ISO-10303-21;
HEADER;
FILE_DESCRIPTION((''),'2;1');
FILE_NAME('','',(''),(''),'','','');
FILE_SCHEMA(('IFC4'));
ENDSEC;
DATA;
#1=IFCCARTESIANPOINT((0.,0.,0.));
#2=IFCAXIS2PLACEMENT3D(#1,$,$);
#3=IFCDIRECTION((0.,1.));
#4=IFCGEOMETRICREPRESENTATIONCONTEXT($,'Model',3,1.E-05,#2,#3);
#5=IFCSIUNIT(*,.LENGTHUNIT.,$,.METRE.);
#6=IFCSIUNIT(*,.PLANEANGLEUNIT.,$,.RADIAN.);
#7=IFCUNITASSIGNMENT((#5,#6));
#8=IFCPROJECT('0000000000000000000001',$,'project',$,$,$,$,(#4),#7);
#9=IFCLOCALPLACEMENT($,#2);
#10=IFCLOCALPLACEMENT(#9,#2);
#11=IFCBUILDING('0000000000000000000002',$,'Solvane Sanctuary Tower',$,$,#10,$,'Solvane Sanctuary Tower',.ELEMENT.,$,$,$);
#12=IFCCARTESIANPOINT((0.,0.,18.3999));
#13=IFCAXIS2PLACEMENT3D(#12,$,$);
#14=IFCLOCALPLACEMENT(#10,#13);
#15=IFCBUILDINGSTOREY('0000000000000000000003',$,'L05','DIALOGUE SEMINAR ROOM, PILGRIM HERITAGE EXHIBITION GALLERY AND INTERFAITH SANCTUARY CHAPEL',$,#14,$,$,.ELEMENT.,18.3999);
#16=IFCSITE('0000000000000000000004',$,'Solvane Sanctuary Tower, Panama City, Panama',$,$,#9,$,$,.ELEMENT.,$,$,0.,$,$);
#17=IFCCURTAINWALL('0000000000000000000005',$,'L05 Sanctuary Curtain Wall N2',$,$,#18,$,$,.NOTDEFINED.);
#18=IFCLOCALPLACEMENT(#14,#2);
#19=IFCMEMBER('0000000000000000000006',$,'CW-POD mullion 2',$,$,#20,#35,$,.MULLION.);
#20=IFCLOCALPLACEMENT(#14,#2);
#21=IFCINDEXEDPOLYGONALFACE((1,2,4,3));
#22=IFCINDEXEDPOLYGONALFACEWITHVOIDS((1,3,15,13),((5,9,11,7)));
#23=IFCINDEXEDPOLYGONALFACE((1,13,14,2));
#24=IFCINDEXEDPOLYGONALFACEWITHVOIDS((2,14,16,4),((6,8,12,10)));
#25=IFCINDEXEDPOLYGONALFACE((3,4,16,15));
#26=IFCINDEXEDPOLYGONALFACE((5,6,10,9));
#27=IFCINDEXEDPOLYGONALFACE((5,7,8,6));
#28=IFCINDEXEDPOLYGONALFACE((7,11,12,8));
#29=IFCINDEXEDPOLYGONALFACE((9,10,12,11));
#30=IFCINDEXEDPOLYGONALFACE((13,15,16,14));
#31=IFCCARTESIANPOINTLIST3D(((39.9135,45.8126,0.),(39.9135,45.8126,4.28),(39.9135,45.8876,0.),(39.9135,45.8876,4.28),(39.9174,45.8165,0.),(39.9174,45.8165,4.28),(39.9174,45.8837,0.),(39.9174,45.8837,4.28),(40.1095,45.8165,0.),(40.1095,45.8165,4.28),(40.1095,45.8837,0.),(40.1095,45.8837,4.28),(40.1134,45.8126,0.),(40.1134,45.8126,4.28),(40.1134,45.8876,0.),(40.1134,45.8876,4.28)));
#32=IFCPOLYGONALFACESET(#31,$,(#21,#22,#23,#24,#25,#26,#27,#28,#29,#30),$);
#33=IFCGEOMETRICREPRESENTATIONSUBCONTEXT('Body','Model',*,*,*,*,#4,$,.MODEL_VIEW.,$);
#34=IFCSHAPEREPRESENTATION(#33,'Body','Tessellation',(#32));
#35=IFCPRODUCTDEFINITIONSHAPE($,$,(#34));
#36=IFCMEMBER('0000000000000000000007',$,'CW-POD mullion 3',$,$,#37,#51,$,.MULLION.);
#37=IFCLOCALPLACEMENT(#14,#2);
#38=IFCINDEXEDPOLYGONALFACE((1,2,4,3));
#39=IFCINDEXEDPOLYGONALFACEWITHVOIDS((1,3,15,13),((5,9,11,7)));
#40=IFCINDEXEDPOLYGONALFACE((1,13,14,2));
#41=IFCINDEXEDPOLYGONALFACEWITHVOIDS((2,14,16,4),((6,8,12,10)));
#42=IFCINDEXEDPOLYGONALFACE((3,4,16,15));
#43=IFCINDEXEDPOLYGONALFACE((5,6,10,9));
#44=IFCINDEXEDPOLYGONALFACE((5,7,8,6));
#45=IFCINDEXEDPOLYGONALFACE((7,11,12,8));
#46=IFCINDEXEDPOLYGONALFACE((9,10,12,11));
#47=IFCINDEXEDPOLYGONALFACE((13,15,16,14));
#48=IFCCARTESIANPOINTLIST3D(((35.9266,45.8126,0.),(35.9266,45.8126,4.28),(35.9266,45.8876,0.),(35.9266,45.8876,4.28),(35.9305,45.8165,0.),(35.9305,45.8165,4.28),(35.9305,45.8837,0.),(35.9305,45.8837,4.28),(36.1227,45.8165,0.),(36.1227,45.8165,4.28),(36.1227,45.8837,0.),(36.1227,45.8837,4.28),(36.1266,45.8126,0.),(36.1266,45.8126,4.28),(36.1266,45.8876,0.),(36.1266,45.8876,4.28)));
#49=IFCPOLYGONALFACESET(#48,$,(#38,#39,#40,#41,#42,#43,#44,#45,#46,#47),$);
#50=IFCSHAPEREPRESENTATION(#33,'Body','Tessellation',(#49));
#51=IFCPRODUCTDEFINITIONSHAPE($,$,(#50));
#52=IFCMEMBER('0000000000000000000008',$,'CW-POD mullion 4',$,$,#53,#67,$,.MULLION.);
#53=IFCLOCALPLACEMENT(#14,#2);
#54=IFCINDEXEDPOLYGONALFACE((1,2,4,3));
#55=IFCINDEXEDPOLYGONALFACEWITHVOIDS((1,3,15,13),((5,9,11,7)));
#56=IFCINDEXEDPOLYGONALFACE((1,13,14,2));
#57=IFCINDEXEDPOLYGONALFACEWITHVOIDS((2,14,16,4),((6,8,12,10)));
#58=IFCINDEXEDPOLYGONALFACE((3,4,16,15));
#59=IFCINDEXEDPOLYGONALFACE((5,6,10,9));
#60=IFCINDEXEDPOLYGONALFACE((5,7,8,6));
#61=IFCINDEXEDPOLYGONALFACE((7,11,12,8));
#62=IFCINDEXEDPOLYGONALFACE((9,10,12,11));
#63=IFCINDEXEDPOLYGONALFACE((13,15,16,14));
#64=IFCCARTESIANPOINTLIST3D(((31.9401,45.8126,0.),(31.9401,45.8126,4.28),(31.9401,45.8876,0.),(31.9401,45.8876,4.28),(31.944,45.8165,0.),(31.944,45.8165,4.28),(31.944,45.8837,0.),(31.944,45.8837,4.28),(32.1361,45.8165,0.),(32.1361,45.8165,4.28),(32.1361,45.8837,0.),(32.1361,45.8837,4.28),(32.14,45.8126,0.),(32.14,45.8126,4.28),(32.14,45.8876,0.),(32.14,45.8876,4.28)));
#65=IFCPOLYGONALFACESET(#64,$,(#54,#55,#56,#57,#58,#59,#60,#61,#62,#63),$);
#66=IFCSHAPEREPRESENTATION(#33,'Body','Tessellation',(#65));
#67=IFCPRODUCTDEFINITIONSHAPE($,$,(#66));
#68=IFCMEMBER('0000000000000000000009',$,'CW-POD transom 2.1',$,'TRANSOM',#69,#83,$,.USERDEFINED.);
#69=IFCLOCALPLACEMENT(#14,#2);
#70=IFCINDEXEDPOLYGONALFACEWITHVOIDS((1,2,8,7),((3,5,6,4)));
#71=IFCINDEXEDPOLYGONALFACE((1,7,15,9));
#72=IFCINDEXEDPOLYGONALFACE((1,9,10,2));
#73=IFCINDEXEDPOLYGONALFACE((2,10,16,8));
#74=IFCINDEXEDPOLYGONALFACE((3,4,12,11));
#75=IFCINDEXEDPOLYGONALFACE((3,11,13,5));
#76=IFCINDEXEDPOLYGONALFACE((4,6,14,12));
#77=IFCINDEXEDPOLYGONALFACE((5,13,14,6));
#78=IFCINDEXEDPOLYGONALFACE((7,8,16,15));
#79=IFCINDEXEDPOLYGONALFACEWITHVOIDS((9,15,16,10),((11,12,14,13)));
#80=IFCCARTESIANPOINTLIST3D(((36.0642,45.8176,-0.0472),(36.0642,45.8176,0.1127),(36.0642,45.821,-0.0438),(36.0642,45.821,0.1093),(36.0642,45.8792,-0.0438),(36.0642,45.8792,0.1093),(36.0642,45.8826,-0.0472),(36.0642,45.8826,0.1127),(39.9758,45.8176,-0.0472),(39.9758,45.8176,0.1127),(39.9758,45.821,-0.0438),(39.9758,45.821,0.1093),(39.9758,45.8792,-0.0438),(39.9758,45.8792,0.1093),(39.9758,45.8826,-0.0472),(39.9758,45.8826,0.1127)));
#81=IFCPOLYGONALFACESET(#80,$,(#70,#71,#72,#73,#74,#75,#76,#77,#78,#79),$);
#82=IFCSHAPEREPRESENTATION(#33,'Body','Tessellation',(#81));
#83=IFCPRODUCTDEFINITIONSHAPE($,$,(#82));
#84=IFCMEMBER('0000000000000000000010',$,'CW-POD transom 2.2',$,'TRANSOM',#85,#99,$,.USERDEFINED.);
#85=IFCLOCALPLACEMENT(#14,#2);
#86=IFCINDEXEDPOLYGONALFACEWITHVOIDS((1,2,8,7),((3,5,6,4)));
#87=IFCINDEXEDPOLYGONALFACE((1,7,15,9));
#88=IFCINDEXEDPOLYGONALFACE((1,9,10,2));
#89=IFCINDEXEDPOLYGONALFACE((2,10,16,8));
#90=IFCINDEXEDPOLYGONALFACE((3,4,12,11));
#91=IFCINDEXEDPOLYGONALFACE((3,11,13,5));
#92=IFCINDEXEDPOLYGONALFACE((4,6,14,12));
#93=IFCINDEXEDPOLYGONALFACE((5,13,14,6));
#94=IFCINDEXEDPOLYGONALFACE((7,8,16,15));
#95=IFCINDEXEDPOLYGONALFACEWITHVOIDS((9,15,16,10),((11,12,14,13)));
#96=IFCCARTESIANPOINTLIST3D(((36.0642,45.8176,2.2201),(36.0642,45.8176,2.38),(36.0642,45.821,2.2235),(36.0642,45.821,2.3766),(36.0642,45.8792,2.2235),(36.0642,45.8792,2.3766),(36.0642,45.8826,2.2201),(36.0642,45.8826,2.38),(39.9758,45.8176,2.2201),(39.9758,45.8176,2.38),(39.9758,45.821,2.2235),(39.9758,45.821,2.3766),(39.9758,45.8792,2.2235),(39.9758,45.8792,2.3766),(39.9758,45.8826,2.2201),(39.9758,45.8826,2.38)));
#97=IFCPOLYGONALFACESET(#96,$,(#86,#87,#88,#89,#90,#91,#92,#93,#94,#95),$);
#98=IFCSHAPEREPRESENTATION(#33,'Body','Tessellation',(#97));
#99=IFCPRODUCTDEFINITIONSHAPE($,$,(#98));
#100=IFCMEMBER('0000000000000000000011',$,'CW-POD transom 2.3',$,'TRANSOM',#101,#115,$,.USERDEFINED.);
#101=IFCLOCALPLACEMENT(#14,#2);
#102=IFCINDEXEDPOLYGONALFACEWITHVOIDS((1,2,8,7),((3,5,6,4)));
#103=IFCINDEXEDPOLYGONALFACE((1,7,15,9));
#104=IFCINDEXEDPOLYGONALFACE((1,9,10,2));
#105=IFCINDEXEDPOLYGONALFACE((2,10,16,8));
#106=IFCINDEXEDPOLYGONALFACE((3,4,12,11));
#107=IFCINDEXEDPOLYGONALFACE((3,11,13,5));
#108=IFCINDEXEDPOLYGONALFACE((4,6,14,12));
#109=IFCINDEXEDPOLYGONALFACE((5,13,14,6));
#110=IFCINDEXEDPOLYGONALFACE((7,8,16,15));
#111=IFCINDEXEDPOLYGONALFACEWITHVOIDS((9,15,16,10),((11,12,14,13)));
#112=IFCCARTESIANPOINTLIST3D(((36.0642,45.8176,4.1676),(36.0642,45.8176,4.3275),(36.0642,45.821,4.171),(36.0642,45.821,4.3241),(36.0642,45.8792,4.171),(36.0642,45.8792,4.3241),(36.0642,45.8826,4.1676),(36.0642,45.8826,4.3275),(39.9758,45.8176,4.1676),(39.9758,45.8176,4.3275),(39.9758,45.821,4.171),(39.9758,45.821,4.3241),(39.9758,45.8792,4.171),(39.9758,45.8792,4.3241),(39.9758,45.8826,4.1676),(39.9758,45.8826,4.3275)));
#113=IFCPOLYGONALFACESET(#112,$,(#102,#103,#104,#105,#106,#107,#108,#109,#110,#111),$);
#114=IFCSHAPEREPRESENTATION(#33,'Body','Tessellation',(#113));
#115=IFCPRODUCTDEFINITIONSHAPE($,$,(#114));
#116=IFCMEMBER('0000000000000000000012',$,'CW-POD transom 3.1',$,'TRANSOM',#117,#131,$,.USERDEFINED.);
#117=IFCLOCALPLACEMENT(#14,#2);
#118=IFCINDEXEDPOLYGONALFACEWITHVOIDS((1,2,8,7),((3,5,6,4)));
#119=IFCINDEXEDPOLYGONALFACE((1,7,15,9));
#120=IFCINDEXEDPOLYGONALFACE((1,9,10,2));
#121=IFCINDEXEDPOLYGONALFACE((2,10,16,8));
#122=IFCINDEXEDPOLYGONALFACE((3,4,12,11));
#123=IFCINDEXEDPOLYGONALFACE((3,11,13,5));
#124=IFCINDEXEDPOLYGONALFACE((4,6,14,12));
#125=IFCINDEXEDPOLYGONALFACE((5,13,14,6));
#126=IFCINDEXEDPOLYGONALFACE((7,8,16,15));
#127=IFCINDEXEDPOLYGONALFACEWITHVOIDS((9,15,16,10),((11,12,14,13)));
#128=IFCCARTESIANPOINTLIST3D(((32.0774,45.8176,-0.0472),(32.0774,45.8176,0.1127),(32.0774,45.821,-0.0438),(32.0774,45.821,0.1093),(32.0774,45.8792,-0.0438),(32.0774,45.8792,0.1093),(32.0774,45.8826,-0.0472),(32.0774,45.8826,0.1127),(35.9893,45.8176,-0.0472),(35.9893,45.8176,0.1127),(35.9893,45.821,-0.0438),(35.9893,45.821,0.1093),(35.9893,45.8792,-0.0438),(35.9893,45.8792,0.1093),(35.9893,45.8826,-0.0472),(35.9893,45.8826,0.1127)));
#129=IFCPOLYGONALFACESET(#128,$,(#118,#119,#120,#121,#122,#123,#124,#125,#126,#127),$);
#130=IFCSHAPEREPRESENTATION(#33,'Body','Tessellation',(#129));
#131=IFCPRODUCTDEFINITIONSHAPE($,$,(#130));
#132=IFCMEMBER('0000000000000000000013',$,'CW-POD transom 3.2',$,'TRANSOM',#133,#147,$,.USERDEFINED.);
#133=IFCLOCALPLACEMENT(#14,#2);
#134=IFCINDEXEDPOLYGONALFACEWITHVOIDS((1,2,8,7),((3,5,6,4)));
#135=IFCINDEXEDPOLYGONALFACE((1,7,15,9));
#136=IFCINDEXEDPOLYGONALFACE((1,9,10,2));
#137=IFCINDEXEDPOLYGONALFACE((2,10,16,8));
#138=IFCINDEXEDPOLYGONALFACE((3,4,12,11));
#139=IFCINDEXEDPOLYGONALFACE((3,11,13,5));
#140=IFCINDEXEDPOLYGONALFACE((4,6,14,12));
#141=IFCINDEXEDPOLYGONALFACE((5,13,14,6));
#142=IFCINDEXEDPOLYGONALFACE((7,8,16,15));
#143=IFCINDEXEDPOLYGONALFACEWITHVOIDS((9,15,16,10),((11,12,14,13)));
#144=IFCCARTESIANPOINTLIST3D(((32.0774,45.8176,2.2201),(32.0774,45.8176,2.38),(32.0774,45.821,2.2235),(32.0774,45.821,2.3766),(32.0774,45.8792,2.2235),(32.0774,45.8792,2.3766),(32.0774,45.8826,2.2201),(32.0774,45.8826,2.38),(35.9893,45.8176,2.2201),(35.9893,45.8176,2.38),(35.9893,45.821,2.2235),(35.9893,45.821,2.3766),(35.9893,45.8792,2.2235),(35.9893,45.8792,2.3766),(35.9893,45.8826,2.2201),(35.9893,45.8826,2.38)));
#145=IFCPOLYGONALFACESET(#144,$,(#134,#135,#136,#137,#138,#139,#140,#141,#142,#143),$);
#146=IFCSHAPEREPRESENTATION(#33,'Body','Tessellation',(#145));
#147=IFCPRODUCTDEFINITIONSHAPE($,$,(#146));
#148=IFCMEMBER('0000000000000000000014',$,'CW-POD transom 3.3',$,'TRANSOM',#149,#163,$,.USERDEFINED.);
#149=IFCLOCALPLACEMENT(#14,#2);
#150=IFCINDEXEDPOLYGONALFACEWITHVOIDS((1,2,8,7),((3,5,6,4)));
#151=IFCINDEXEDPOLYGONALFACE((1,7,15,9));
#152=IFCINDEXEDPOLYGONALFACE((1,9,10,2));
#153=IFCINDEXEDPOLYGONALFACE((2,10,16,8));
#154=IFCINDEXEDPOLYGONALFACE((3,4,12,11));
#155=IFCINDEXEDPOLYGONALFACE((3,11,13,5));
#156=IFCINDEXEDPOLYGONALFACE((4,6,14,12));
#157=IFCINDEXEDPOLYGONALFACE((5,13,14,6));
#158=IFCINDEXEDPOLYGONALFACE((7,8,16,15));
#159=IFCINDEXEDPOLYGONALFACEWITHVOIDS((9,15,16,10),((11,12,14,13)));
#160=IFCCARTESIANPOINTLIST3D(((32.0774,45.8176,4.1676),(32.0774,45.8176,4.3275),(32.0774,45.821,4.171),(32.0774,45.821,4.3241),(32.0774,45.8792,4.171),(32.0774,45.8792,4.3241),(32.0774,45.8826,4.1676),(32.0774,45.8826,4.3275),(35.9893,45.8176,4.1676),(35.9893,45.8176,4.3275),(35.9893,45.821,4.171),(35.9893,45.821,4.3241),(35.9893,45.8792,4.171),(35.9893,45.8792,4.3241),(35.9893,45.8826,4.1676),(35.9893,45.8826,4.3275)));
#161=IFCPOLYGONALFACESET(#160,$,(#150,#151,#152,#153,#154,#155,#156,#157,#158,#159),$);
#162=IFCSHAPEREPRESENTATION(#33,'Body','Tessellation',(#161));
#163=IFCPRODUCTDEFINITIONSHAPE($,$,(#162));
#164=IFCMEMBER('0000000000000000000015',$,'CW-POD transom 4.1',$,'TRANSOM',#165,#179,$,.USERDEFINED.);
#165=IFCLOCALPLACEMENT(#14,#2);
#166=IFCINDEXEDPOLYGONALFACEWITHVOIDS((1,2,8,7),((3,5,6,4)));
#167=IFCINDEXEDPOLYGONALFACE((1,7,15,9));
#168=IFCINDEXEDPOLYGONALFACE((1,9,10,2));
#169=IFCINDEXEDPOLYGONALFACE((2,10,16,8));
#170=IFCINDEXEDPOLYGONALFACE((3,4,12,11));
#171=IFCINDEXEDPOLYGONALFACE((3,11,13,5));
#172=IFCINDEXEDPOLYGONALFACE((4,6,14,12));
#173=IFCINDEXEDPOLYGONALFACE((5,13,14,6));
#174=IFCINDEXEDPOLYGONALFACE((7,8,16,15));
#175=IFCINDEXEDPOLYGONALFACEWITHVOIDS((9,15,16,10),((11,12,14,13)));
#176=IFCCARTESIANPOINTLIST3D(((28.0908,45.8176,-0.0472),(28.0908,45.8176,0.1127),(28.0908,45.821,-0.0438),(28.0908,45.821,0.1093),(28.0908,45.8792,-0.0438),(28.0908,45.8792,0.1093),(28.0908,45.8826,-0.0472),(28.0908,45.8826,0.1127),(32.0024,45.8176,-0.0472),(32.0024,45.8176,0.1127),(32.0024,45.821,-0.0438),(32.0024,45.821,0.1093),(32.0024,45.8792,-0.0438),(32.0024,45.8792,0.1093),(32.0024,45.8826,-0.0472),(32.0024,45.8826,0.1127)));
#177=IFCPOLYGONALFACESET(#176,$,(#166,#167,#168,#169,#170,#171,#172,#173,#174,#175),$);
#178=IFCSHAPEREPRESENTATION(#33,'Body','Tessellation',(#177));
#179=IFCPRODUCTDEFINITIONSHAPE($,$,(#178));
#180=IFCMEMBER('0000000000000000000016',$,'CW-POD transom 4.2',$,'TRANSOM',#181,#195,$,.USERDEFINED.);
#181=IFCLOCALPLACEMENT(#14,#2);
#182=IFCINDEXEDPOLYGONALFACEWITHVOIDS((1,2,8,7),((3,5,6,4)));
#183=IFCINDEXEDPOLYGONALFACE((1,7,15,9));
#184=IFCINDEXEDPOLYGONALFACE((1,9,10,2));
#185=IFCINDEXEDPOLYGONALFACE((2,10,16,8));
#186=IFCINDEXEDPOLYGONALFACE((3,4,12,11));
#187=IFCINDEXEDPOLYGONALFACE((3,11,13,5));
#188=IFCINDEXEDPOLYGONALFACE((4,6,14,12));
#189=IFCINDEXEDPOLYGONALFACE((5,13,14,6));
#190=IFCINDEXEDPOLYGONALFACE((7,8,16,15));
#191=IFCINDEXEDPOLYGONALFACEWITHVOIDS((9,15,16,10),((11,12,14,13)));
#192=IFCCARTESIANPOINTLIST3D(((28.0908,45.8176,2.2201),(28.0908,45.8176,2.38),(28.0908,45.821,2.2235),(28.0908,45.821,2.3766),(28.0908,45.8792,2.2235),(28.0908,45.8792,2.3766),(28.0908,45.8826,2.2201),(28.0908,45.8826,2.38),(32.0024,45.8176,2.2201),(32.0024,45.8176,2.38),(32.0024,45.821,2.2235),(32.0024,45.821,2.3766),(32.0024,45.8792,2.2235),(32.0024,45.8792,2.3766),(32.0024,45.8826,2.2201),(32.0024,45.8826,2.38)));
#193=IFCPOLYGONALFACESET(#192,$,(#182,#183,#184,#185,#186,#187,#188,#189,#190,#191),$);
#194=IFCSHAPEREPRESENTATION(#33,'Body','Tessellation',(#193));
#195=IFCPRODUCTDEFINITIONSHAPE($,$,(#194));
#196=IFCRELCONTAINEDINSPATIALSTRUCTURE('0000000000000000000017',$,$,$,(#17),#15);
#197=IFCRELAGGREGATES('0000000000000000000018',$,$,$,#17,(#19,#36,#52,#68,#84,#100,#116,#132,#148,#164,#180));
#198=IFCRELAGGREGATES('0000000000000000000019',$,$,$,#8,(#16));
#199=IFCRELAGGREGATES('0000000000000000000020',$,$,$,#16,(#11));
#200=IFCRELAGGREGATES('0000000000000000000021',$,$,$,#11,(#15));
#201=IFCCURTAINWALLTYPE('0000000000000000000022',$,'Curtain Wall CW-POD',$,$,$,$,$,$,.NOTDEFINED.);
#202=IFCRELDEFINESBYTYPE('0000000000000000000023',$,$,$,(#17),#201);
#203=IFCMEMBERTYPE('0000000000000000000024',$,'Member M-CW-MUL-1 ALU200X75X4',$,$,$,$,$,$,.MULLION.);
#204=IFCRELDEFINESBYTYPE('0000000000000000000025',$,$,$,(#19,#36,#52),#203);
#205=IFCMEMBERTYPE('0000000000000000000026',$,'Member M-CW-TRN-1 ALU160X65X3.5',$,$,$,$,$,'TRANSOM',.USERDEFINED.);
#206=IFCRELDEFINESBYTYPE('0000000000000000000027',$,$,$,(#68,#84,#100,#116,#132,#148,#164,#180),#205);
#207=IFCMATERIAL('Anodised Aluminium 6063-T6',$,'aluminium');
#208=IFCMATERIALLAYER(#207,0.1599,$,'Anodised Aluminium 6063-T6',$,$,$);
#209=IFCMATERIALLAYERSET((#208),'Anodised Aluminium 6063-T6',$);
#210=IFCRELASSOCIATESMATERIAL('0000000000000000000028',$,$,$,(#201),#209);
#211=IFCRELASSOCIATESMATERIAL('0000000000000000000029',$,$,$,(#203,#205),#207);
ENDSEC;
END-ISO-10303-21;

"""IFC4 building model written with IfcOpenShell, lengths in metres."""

from ifc_helpers import new_model, si_unit, direction, frame, origin, origin_2d, place, context, subcontext, project, spatial, hollow_rectangle, extrude, material, layer, layer_set, material_profile, profile_set, type_object, element, aggregate, save


model = new_model("IFC4")

# Units and contexts
model_context = context("Model", 3, precision=1e-05, world=origin(), true_north=direction((0.0, 1.0)))
body_context = subcontext(model_context, "Body", "Model", "MODEL_VIEW")
ifc_project = project(units=[si_unit("LENGTHUNIT", "METRE"), si_unit("PLANEANGLEUNIT", "RADIAN")], contexts=[model_context])

# Site, building, storey
site_placement = place(None, origin())
site = spatial("IfcSite", under=ifc_project, at=site_placement, Name="Solvane Sanctuary Tower, Panama City, Panama", CompositionType="ELEMENT", RefElevation=0.0)
building_placement = place(site_placement, origin())
building = spatial("IfcBuilding", under=site, at=building_placement, Name="Solvane Sanctuary Tower", LongName="Solvane Sanctuary Tower", CompositionType="ELEMENT")
storey_placement = place(building_placement, frame((0.0, 0.0, 18.3999)))
storey = spatial("IfcBuildingStorey", under=building, at=storey_placement, Name="L05", Description="DIALOGUE SEMINAR ROOM, PILGRIM HERITAGE EXHIBITION GALLERY AND INTERFAITH SANCTUARY CHAPEL", CompositionType="ELEMENT", Elevation=18.3999)

# Curtain wall, members
ifc_material_1 = material(Name="Anodised Aluminium 6063-T6", Category="aluminium")
ifc_layer_1 = layer(ifc_material_1, 0.1599, Name="Anodised Aluminium 6063-T6")
ifc_layer_set_1 = layer_set([ifc_layer_1], Name="Anodised Aluminium 6063-T6")
curtain_wall_type = type_object("IfcCurtainWallType", Name="Curtain Wall CW-POD", PredefinedType="NOTDEFINED", material=ifc_layer_set_1)
curtain_wall_placement = place(storey_placement, origin())
curtain_wall = element("IfcCurtainWall", 1, at=curtain_wall_placement, inside=storey, type_object=curtain_wall_type, Name="L05 Sanctuary Curtain Wall N2", PredefinedType="NOTDEFINED")
ifc_material_profile_1 = material_profile(ifc_material_1, hollow_rectangle(XDim=0.075, YDim=0.2, WallThickness=0.0039, at=origin_2d()), Name="ALU200X75X4")
ifc_profile_set_1 = profile_set([ifc_material_profile_1], Name="Anodised Aluminium 6063-T6")
member_type_1 = type_object("IfcMemberType", Name="Member M-CW-MUL-1 ALU200X75X4", PredefinedType="MULLION", material=ifc_profile_set_1)
member_1_placement = place(storey_placement, frame((40.0134, 45.8501, 0.0), z_axis=(0.0, 0.0, 1.0), x_axis=(0.0, -1.0, 0.0)))
member_1 = element("IfcMember", 2, at=member_1_placement, type_object=member_type_1, Name="CW-POD mullion 2", PredefinedType="MULLION", context=body_context, shape_type="SweptSolid", body=[
    extrude(hollow_rectangle(XDim=0.075, YDim=0.2, WallThickness=0.0039, at=origin_2d()), origin(), (0.0, 0.0, 1.0), 4.28),
])
member_2_placement = place(storey_placement, frame((36.0266, 45.8501, 0.0), z_axis=(0.0, 0.0, 1.0), x_axis=(0.0, -1.0, 0.0)))
member_2 = element("IfcMember", 3, at=member_2_placement, type_object=member_type_1, Name="CW-POD mullion 3", PredefinedType="MULLION", context=body_context, shape_type="SweptSolid", body=[
    extrude(hollow_rectangle(XDim=0.075, YDim=0.2, WallThickness=0.0039, at=origin_2d()), origin(), (0.0, 0.0, 1.0), 4.28),
])
member_3_placement = place(storey_placement, frame((32.04, 45.8501, 0.0), z_axis=(0.0, 0.0, 1.0), x_axis=(0.0, -1.0, 0.0)))
member_3 = element("IfcMember", 4, at=member_3_placement, type_object=member_type_1, Name="CW-POD mullion 4", PredefinedType="MULLION", context=body_context, shape_type="SweptSolid", body=[
    extrude(hollow_rectangle(XDim=0.075, YDim=0.2, WallThickness=0.0039, at=origin_2d()), origin(), (0.0, 0.0, 1.0), 4.28),
])
ifc_material_profile_2 = material_profile(ifc_material_1, hollow_rectangle(XDim=0.0649, YDim=0.1599, WallThickness=0.0034, at=origin_2d()), Name="ALU160X65X3.5")
ifc_profile_set_2 = profile_set([ifc_material_profile_2], Name="Anodised Aluminium 6063-T6")
member_type_2 = type_object("IfcMemberType", Name="Member M-CW-TRN-1 ALU160X65X3.5", ElementType="TRANSOM", PredefinedType="USERDEFINED", material=ifc_profile_set_2)
member_4_placement = place(storey_placement, frame((39.9758, 45.8501, 0.0327), z_axis=(-1.0, 0.0, 0.0), x_axis=(0.0, -1.0, 0.0)))
member_4 = element("IfcMember", 5, at=member_4_placement, type_object=member_type_2, Name="CW-POD transom 2.1", ObjectType="TRANSOM", PredefinedType="USERDEFINED", context=body_context, shape_type="SweptSolid", body=[
    extrude(hollow_rectangle(XDim=0.0649, YDim=0.1599, WallThickness=0.0034, at=origin_2d()), origin(), (0.0, 0.0, 1.0), 3.9116),
])
member_5_placement = place(storey_placement, frame((39.9758, 45.8501, 2.3), z_axis=(-1.0, 0.0, 0.0), x_axis=(0.0, -1.0, 0.0)))
member_5 = element("IfcMember", 6, at=member_5_placement, type_object=member_type_2, Name="CW-POD transom 2.2", ObjectType="TRANSOM", PredefinedType="USERDEFINED", context=body_context, shape_type="SweptSolid", body=[
    extrude(hollow_rectangle(XDim=0.0649, YDim=0.1599, WallThickness=0.0034, at=origin_2d()), origin(), (0.0, 0.0, 1.0), 3.9116),
])
member_6_placement = place(storey_placement, frame((39.9758, 45.8501, 4.2476), z_axis=(-1.0, 0.0, 0.0), x_axis=(0.0, -1.0, 0.0)))
member_6 = element("IfcMember", 7, at=member_6_placement, type_object=member_type_2, Name="CW-POD transom 2.3", ObjectType="TRANSOM", PredefinedType="USERDEFINED", context=body_context, shape_type="SweptSolid", body=[
    extrude(hollow_rectangle(XDim=0.0649, YDim=0.1599, WallThickness=0.0034, at=origin_2d()), origin(), (0.0, 0.0, 1.0), 3.9116),
])
member_7_placement = place(storey_placement, frame((35.9893, 45.8501, 0.0327), z_axis=(-1.0, 0.0, 0.0), x_axis=(0.0, -1.0, 0.0)))
member_7 = element("IfcMember", 8, at=member_7_placement, type_object=member_type_2, Name="CW-POD transom 3.1", ObjectType="TRANSOM", PredefinedType="USERDEFINED", context=body_context, shape_type="SweptSolid", body=[
    extrude(hollow_rectangle(XDim=0.0649, YDim=0.1599, WallThickness=0.0034, at=origin_2d()), origin(), (0.0, 0.0, 1.0), 3.9119),
])
member_8_placement = place(storey_placement, frame((35.9893, 45.8501, 2.3), z_axis=(-1.0, 0.0, 0.0), x_axis=(0.0, -1.0, 0.0)))
member_8 = element("IfcMember", 9, at=member_8_placement, type_object=member_type_2, Name="CW-POD transom 3.2", ObjectType="TRANSOM", PredefinedType="USERDEFINED", context=body_context, shape_type="SweptSolid", body=[
    extrude(hollow_rectangle(XDim=0.0649, YDim=0.1599, WallThickness=0.0034, at=origin_2d()), origin(), (0.0, 0.0, 1.0), 3.9119),
])
member_9_placement = place(storey_placement, frame((35.9893, 45.8501, 4.2476), z_axis=(-1.0, 0.0, 0.0), x_axis=(0.0, -1.0, 0.0)))
member_9 = element("IfcMember", 10, at=member_9_placement, type_object=member_type_2, Name="CW-POD transom 3.3", ObjectType="TRANSOM", PredefinedType="USERDEFINED", context=body_context, shape_type="SweptSolid", body=[
    extrude(hollow_rectangle(XDim=0.0649, YDim=0.1599, WallThickness=0.0034, at=origin_2d()), origin(), (0.0, 0.0, 1.0), 3.9119),
])
member_10_placement = place(storey_placement, frame((32.0024, 45.8501, 0.0327), z_axis=(-1.0, 0.0, 0.0), x_axis=(0.0, -1.0, 0.0)))
member_10 = element("IfcMember", 11, at=member_10_placement, type_object=member_type_2, Name="CW-POD transom 4.1", ObjectType="TRANSOM", PredefinedType="USERDEFINED", context=body_context, shape_type="SweptSolid", body=[
    extrude(hollow_rectangle(XDim=0.0649, YDim=0.1599, WallThickness=0.0034, at=origin_2d()), origin(), (0.0, 0.0, 1.0), 3.9116),
])
member_11_placement = place(storey_placement, frame((32.0024, 45.8501, 2.3), z_axis=(-1.0, 0.0, 0.0), x_axis=(0.0, -1.0, 0.0)))
member_11 = element("IfcMember", 12, at=member_11_placement, type_object=member_type_2, Name="CW-POD transom 4.2", ObjectType="TRANSOM", PredefinedType="USERDEFINED", context=body_context, shape_type="SweptSolid", body=[
    extrude(hollow_rectangle(XDim=0.0649, YDim=0.1599, WallThickness=0.0034, at=origin_2d()), origin(), (0.0, 0.0, 1.0), 3.9116),
])
aggregate(curtain_wall, [member_1, member_2, member_3, member_4, member_5, member_6, member_7, member_8, member_9, member_10, member_11])

save(model, "model.ifc")
